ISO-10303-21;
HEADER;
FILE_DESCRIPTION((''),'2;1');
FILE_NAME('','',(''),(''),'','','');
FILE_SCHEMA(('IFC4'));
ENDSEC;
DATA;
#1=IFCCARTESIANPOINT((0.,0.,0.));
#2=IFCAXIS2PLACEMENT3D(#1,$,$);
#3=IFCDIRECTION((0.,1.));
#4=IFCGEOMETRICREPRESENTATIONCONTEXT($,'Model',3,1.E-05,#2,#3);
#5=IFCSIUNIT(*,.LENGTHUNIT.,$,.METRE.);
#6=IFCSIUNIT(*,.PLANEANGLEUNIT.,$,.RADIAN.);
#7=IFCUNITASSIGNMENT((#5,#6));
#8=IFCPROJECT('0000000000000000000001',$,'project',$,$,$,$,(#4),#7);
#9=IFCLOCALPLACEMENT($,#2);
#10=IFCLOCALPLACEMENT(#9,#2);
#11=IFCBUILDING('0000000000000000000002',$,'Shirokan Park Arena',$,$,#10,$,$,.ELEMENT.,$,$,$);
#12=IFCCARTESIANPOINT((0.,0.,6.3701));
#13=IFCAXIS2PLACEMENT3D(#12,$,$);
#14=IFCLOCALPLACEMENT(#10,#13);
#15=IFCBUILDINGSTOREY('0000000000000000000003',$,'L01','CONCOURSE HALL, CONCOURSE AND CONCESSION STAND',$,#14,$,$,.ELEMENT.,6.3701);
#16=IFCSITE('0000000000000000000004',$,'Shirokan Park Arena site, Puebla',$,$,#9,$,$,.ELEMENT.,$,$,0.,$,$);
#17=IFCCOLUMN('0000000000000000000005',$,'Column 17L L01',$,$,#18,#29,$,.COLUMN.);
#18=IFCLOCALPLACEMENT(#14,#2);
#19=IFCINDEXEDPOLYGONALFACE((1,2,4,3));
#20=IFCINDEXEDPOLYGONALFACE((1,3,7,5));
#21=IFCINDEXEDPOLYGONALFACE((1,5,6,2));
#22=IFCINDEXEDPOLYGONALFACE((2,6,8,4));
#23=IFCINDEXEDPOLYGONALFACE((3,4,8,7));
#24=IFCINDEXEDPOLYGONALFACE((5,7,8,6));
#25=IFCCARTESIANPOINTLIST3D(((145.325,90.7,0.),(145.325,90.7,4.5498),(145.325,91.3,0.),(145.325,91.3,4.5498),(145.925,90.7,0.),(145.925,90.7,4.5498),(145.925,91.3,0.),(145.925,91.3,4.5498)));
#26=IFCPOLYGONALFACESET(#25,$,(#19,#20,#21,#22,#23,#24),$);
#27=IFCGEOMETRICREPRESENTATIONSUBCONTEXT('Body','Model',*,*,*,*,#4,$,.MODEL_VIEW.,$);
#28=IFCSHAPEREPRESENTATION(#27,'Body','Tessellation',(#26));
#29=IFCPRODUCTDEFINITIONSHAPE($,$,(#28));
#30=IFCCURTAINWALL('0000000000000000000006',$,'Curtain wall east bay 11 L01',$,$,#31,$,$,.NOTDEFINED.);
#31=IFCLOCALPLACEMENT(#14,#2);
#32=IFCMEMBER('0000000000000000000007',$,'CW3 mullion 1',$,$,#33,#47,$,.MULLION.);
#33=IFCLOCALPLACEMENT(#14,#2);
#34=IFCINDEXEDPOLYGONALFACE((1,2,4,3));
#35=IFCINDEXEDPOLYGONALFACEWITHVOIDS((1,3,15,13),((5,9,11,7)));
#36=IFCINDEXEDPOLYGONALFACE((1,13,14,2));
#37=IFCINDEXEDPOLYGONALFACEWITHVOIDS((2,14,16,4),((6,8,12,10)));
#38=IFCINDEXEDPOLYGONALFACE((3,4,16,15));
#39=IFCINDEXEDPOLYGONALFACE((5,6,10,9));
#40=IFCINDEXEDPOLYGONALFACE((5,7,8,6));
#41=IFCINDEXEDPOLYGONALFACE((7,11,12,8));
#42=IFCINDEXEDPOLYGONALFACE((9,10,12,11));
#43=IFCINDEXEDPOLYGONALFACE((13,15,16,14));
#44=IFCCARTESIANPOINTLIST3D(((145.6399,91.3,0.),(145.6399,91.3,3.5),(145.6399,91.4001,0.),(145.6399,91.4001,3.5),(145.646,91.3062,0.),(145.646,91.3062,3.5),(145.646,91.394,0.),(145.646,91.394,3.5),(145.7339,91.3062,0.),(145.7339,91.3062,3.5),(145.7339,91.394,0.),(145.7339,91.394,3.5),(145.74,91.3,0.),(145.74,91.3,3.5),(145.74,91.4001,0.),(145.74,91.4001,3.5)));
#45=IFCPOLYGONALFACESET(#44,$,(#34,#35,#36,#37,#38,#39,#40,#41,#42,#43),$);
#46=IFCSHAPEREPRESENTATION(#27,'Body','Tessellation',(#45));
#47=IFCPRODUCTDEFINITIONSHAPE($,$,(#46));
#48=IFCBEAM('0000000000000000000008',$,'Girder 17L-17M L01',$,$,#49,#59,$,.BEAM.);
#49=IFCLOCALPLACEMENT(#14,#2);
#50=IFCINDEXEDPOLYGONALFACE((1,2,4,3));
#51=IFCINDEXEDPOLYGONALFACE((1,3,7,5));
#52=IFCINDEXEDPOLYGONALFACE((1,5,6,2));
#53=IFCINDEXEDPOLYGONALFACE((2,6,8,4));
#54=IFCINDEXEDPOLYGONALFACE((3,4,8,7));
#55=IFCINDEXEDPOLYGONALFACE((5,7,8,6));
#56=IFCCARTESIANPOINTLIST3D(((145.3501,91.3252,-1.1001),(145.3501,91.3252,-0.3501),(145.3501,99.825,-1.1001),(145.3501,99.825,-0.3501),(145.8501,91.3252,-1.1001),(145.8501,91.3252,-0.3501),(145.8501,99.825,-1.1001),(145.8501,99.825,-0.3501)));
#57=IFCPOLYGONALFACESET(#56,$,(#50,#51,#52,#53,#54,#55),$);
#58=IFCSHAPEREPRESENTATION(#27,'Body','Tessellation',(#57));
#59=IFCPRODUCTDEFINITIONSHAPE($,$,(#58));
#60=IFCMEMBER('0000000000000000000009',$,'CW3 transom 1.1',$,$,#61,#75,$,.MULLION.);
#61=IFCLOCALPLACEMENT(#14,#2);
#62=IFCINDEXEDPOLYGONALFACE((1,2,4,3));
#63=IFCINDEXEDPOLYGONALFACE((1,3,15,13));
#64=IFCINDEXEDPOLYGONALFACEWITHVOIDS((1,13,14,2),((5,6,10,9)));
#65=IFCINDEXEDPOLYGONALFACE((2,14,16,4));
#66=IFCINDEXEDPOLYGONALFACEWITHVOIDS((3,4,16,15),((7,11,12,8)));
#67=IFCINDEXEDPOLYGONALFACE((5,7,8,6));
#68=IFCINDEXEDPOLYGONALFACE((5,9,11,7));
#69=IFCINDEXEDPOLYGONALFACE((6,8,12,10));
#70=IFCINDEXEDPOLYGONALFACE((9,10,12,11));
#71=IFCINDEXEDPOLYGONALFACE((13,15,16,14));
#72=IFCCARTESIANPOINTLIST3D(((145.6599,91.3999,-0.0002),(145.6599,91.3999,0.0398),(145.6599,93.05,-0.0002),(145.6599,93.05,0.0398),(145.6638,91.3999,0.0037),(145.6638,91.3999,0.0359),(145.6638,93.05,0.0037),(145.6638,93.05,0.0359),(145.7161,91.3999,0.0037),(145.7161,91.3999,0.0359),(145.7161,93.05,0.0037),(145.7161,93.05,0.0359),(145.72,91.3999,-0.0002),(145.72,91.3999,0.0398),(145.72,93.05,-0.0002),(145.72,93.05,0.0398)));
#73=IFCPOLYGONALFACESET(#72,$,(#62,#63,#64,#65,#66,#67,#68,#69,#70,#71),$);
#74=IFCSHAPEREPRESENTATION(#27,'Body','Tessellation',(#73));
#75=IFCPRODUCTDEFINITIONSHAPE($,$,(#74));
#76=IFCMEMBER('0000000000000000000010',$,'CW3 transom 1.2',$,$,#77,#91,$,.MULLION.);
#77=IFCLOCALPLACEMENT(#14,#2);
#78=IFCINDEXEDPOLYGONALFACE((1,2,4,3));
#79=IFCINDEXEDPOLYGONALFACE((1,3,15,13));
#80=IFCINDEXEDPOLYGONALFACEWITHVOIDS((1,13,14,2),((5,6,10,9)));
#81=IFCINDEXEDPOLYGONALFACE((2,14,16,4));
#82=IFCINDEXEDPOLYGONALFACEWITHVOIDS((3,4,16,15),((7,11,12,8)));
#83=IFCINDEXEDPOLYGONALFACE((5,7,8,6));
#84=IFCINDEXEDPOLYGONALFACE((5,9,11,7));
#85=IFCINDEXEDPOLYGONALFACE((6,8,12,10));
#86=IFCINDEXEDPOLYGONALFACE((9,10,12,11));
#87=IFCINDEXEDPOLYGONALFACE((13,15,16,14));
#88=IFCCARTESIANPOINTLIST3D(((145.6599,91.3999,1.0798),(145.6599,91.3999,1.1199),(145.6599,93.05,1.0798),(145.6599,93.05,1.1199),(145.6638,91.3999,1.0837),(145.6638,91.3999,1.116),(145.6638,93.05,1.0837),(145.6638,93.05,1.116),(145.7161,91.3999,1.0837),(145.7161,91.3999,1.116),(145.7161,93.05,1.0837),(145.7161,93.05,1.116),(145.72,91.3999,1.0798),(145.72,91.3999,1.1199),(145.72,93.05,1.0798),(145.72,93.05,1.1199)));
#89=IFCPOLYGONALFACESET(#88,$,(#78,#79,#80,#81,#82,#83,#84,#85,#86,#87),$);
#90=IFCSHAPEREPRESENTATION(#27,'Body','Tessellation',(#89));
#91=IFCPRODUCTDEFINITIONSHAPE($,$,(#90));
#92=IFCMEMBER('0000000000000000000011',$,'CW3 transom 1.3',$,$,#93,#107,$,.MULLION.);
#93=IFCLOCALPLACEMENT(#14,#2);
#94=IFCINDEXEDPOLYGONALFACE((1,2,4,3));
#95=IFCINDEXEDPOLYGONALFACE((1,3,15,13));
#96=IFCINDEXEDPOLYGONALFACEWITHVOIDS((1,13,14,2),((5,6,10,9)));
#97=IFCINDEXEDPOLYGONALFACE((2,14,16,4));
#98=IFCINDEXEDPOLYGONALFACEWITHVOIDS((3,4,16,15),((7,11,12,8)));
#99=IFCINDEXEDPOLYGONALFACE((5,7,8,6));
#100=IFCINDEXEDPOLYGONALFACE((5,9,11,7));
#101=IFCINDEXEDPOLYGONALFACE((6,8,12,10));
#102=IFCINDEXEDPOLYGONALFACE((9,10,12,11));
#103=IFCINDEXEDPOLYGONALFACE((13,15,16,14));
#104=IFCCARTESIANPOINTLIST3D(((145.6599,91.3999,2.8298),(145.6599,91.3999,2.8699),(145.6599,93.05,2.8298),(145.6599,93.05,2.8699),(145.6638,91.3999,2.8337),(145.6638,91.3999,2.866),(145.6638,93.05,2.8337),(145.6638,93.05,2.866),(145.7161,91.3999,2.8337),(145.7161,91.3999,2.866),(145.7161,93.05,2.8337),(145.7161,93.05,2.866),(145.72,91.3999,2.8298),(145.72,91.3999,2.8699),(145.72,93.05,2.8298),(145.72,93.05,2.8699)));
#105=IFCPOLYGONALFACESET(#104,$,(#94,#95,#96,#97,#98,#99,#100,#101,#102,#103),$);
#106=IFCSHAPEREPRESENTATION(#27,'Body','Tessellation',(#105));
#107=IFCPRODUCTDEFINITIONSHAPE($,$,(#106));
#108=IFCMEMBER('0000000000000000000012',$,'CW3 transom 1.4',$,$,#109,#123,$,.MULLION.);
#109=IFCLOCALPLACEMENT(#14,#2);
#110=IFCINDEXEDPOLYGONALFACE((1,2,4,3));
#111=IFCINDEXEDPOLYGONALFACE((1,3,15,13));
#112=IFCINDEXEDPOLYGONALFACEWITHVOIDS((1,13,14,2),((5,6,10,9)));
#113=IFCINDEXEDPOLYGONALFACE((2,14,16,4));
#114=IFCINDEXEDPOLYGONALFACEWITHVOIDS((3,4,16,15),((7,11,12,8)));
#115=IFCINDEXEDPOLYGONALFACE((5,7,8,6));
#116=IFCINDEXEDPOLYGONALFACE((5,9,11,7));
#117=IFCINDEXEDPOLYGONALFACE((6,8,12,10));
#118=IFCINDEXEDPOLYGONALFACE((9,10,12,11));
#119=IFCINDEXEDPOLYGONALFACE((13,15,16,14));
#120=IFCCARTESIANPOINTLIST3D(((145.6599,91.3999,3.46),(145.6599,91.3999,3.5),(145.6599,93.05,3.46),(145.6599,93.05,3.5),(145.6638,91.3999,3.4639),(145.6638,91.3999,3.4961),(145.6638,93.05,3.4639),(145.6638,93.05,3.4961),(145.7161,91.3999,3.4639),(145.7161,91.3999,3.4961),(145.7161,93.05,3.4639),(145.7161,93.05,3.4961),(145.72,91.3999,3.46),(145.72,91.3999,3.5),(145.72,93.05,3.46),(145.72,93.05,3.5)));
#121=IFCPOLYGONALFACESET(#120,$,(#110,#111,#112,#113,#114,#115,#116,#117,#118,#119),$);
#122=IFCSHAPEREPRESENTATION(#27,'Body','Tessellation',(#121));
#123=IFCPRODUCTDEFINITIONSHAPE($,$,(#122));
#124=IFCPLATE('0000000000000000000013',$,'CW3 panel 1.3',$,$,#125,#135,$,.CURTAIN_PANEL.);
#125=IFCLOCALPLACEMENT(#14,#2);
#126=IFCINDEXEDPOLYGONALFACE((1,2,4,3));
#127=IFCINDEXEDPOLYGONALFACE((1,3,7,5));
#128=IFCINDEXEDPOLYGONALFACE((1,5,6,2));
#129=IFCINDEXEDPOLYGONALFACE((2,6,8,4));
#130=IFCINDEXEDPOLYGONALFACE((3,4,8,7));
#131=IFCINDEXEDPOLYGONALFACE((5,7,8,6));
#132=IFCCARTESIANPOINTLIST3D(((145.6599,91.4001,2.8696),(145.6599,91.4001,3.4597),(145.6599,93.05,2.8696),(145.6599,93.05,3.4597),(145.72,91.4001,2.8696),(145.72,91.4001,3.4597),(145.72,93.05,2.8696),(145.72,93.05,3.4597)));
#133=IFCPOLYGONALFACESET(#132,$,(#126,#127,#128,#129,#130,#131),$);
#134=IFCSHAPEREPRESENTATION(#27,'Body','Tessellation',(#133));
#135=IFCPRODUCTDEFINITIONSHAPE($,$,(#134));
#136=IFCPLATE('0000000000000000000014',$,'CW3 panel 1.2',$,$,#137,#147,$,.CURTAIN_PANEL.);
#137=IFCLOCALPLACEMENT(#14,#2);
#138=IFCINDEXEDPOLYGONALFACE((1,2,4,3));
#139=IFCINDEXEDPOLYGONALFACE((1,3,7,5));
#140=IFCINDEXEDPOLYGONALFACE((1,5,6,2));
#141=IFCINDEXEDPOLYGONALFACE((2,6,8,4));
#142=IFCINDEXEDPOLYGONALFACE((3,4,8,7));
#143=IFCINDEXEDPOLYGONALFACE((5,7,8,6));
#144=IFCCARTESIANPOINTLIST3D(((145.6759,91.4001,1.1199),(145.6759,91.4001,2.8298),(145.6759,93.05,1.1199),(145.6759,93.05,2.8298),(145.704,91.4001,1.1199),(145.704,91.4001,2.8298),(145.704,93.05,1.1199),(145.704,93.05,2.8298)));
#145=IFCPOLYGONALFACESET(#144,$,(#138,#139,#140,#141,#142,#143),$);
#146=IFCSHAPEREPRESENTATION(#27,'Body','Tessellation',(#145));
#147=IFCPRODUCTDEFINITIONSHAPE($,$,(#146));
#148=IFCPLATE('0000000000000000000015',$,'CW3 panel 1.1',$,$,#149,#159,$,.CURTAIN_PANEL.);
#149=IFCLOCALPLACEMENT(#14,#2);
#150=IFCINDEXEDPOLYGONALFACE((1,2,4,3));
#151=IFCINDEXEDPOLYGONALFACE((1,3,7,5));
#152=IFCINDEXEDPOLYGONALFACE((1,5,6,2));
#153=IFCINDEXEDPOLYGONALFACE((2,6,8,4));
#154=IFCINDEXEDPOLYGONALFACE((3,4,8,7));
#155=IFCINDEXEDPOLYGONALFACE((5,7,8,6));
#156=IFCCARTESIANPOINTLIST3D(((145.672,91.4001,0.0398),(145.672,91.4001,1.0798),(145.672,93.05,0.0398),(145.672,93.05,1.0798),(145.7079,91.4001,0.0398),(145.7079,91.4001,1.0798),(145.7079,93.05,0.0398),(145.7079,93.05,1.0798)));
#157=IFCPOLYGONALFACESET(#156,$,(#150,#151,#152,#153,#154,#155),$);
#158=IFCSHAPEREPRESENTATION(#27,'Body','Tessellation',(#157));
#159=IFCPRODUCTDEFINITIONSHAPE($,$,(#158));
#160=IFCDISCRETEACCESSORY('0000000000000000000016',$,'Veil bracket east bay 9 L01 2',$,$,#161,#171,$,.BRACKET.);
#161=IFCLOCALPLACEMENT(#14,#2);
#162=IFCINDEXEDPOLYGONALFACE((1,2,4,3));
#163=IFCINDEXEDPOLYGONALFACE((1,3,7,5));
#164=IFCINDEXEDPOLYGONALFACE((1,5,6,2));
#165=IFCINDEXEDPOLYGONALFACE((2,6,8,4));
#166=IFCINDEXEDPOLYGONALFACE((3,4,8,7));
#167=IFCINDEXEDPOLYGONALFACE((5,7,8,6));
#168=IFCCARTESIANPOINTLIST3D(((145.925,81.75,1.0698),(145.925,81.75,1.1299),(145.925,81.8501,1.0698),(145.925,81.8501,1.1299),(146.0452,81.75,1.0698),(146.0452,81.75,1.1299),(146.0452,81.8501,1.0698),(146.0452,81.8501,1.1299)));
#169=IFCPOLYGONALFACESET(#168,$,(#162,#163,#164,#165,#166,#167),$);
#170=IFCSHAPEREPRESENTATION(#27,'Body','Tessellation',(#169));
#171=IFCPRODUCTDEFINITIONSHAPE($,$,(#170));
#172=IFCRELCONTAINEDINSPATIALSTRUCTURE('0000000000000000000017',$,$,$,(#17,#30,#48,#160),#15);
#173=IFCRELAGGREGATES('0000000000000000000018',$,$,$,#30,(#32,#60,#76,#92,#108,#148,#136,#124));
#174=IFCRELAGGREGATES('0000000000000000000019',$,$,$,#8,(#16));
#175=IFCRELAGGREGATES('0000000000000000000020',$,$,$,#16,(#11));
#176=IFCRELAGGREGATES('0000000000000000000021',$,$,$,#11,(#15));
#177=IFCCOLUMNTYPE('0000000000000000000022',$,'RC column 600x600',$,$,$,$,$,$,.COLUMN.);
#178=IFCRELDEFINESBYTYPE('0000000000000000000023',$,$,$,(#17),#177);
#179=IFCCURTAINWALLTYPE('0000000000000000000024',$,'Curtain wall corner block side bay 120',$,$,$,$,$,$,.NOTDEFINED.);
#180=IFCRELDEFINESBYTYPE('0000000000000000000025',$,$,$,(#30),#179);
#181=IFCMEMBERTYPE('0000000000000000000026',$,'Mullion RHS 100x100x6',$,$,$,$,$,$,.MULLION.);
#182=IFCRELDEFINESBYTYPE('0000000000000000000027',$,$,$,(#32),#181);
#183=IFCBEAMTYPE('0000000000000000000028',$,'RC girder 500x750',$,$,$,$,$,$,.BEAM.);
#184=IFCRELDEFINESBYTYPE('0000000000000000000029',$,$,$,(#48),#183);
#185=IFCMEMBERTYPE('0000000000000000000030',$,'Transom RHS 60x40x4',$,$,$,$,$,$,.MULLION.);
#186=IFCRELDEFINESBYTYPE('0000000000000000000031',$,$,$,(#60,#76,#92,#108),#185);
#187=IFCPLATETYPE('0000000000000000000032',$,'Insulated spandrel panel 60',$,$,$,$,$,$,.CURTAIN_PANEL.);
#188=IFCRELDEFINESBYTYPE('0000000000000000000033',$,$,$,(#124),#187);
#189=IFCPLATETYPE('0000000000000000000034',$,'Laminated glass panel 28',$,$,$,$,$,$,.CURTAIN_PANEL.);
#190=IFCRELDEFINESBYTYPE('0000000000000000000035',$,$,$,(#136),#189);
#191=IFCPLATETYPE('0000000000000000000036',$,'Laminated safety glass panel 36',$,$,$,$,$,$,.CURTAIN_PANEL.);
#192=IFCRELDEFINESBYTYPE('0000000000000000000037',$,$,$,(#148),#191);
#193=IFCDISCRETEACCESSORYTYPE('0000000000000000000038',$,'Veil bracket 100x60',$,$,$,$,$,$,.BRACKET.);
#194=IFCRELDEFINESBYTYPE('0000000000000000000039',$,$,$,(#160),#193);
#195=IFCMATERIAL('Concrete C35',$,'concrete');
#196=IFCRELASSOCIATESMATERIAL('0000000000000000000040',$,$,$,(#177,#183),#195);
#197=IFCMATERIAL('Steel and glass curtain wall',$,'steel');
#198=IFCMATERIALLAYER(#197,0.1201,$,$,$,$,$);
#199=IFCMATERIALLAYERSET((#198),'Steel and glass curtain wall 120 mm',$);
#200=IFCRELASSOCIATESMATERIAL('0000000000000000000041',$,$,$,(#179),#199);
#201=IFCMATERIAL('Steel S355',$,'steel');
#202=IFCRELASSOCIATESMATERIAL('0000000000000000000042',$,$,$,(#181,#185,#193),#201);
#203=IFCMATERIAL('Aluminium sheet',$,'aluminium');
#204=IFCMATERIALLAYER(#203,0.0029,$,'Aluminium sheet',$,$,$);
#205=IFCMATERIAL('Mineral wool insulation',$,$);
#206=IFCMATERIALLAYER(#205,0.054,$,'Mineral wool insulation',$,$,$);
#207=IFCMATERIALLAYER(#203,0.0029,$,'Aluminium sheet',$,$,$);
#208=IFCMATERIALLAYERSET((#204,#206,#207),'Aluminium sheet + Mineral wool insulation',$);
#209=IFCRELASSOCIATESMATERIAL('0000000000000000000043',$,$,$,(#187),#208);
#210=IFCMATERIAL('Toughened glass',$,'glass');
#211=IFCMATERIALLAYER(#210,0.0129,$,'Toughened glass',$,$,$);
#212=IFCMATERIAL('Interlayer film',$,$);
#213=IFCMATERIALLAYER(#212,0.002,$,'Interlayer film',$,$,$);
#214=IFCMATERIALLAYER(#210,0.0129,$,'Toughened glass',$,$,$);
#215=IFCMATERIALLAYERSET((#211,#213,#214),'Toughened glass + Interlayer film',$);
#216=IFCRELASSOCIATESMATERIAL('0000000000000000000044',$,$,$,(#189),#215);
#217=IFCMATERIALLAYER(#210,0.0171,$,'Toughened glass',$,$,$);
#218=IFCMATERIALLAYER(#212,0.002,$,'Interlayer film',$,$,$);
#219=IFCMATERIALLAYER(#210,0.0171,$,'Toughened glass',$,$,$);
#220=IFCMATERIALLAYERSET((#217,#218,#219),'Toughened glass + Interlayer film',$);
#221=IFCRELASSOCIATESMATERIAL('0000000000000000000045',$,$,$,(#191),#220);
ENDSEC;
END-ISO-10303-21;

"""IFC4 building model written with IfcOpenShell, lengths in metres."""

from ifc_helpers import new_model, si_unit, direction, frame, origin, origin_2d, place, context, subcontext, project, spatial, rectangle, hollow_rectangle, extrude, material, layer, layer_set, material_profile, profile_set, type_object, element, aggregate, save


model = new_model("IFC4")

# Units and contexts
model_context = context("Model", 3, precision=1e-05, world=origin(), true_north=direction((0.0, 1.0)))
body_context = subcontext(model_context, "Body", "Model", "MODEL_VIEW")
ifc_project = project(units=[si_unit("LENGTHUNIT", "METRE"), si_unit("PLANEANGLEUNIT", "RADIAN")], contexts=[model_context])

# Site, building, storey
site_placement = place(None, origin())
site = spatial("IfcSite", under=ifc_project, at=site_placement, Name="Shirokan Park Arena site, Puebla", CompositionType="ELEMENT", RefElevation=0.0)
building_placement = place(site_placement, origin())
building = spatial("IfcBuilding", under=site, at=building_placement, Name="Shirokan Park Arena", CompositionType="ELEMENT")
storey_placement = place(building_placement, frame((0.0, 0.0, 6.3701)))
storey = spatial("IfcBuildingStorey", under=building, at=storey_placement, Name="L01", Description="CONCOURSE HALL, CONCOURSE AND CONCESSION STAND", CompositionType="ELEMENT", Elevation=6.3701)

# Column
ifc_material_1 = material(Name="Concrete C35", Category="concrete")
ifc_material_profile_1 = material_profile(ifc_material_1, rectangle(XDim=0.6001, YDim=0.6001, at=origin_2d()), Name="600x600")
ifc_profile_set_1 = profile_set([ifc_material_profile_1], Name="Concrete C35")
column_type = type_object("IfcColumnType", Name="RC column 600x600", PredefinedType="COLUMN", material=ifc_profile_set_1)
column_placement = place(storey_placement, frame((145.625, 91.0, 0.0), z_axis=(0.0, 0.0, 1.0), x_axis=(1.0, 0.0, 0.0)))
element("IfcColumn", 1, at=column_placement, inside=storey, type_object=column_type, Name="Column 17L L01", PredefinedType="COLUMN", context=body_context, shape_type="SweptSolid", body=[
    extrude(rectangle(XDim=0.6001, YDim=0.6001, at=origin_2d()), origin(), (0.0, 0.0, 1.0), 4.5498),
])

# Curtain wall, member
ifc_material_2 = material(Name="Steel and glass curtain wall", Category="steel")
ifc_layer_1 = layer(ifc_material_2, 0.1201)
ifc_layer_set_1 = layer_set([ifc_layer_1], Name="Steel and glass curtain wall 120 mm")
curtain_wall_type = type_object("IfcCurtainWallType", Name="Curtain wall corner block side bay 120", PredefinedType="NOTDEFINED", material=ifc_layer_set_1)
curtain_wall_placement = place(storey_placement, origin())
curtain_wall = element("IfcCurtainWall", 2, at=curtain_wall_placement, inside=storey, type_object=curtain_wall_type, Name="Curtain wall east bay 11 L01", PredefinedType="NOTDEFINED")
ifc_material_3 = material(Name="Steel S355", Category="steel")
ifc_material_profile_2 = material_profile(ifc_material_3, hollow_rectangle(XDim=0.1001, YDim=0.1001, WallThickness=0.0061, at=origin_2d()), Name="RHS 100x100x6")
ifc_profile_set_2 = profile_set([ifc_material_profile_2], Name="Steel S355")
member_type_1 = type_object("IfcMemberType", Name="Mullion RHS 100x100x6", PredefinedType="MULLION", material=ifc_profile_set_2)
member_1_placement = place(storey_placement, frame((145.6899, 91.3501, 0.0), z_axis=(0.0, 0.0, 1.0), x_axis=(-1.0, 0.0, 0.0)))
member_1 = element("IfcMember", 3, at=member_1_placement, type_object=member_type_1, Name="CW3 mullion 1", PredefinedType="MULLION", context=body_context, shape_type="SweptSolid", body=[
    extrude(hollow_rectangle(XDim=0.1001, YDim=0.1001, WallThickness=0.0061, at=origin_2d()), origin(), (0.0, 0.0, 1.0), 3.5),
])

# Beam
ifc_material_profile_3 = material_profile(ifc_material_1, rectangle(XDim=0.5, YDim=0.75, at=origin_2d()), Name="500x750")
ifc_profile_set_3 = profile_set([ifc_material_profile_3], Name="Concrete C35")
beam_type = type_object("IfcBeamType", Name="RC girder 500x750", PredefinedType="BEAM", material=ifc_profile_set_3)
beam_placement = place(storey_placement, frame((145.6001, 91.3252, -0.7251), z_axis=(0.0, 1.0, 0.0), x_axis=(-1.0, 0.0, 0.0)))
element("IfcBeam", 4, at=beam_placement, inside=storey, type_object=beam_type, Name="Girder 17L-17M L01", PredefinedType="BEAM", context=body_context, shape_type="SweptSolid", body=[
    extrude(rectangle(XDim=0.5, YDim=0.75, at=origin_2d()), origin(), (0.0, 0.0, 1.0), 8.4998),
])

# Members
ifc_material_profile_4 = material_profile(ifc_material_3, hollow_rectangle(XDim=0.0601, YDim=0.04, WallThickness=0.0039, at=origin_2d()), Name="RHS 60x40x4")
ifc_profile_set_4 = profile_set([ifc_material_profile_4], Name="Steel S355")
member_type_2 = type_object("IfcMemberType", Name="Transom RHS 60x40x4", PredefinedType="MULLION", material=ifc_profile_set_4)
member_2_placement = place(storey_placement, frame((145.6899, 91.3999, 0.0198), z_axis=(0.0, 1.0, 0.0), x_axis=(-1.0, 0.0, 0.0)))
member_2 = element("IfcMember", 5, at=member_2_placement, type_object=member_type_2, Name="CW3 transom 1.1", PredefinedType="MULLION", context=body_context, shape_type="SweptSolid", body=[
    extrude(hollow_rectangle(XDim=0.0601, YDim=0.04, WallThickness=0.0039, at=origin_2d()), origin(), (0.0, 0.0, 1.0), 1.6501),
])
member_3_placement = place(storey_placement, frame((145.6899, 91.3999, 1.0999), z_axis=(0.0, 1.0, 0.0), x_axis=(-1.0, 0.0, 0.0)))
member_3 = element("IfcMember", 6, at=member_3_placement, type_object=member_type_2, Name="CW3 transom 1.2", PredefinedType="MULLION", context=body_context, shape_type="SweptSolid", body=[
    extrude(hollow_rectangle(XDim=0.0601, YDim=0.04, WallThickness=0.0039, at=origin_2d()), origin(), (0.0, 0.0, 1.0), 1.6501),
])
member_4_placement = place(storey_placement, frame((145.6899, 91.3999, 2.8499), z_axis=(0.0, 1.0, 0.0), x_axis=(-1.0, 0.0, 0.0)))
member_4 = element("IfcMember", 7, at=member_4_placement, type_object=member_type_2, Name="CW3 transom 1.3", PredefinedType="MULLION", context=body_context, shape_type="SweptSolid", body=[
    extrude(hollow_rectangle(XDim=0.0601, YDim=0.04, WallThickness=0.0039, at=origin_2d()), origin(), (0.0, 0.0, 1.0), 1.6501),
])
member_5_placement = place(storey_placement, frame((145.6899, 91.3999, 3.48), z_axis=(0.0, 1.0, 0.0), x_axis=(-1.0, 0.0, 0.0)))
member_5 = element("IfcMember", 8, at=member_5_placement, type_object=member_type_2, Name="CW3 transom 1.4", PredefinedType="MULLION", context=body_context, shape_type="SweptSolid", body=[
    extrude(hollow_rectangle(XDim=0.0601, YDim=0.04, WallThickness=0.0039, at=origin_2d()), origin(), (0.0, 0.0, 1.0), 1.6501),
])

# Plates
ifc_material_4 = material(Name="Aluminium sheet", Category="aluminium")
ifc_layer_2 = layer(ifc_material_4, 0.0029, Name="Aluminium sheet")
ifc_material_5 = material(Name="Mineral wool insulation")
ifc_layer_3 = layer(ifc_material_5, 0.054, Name="Mineral wool insulation")
ifc_layer_4 = layer(ifc_material_4, 0.0029, Name="Aluminium sheet")
ifc_layer_set_2 = layer_set([ifc_layer_2, ifc_layer_3, ifc_layer_4], Name="Aluminium sheet + Mineral wool insulation")
plate_type_1 = type_object("IfcPlateType", Name="Insulated spandrel panel 60", PredefinedType="CURTAIN_PANEL", material=ifc_layer_set_2)
plate_1_placement = place(storey_placement, frame((145.6899, 92.2251, 2.8696), z_axis=(0.0, 0.0, 1.0), x_axis=(0.0, 1.0, 0.0)))
plate_1 = element("IfcPlate", 9, at=plate_1_placement, type_object=plate_type_1, Name="CW3 panel 1.3", PredefinedType="CURTAIN_PANEL", context=body_context, shape_type="SweptSolid", body=[
    extrude(rectangle(XDim=1.6499, YDim=0.0601, at=origin_2d()), origin(), (0.0, 0.0, 1.0), 0.5901),
])
ifc_material_6 = material(Name="Toughened glass", Category="glass")
ifc_layer_5 = layer(ifc_material_6, 0.0129, Name="Toughened glass")
ifc_material_7 = material(Name="Interlayer film")
ifc_layer_6 = layer(ifc_material_7, 0.002, Name="Interlayer film")
ifc_layer_7 = layer(ifc_material_6, 0.0129, Name="Toughened glass")
ifc_layer_set_3 = layer_set([ifc_layer_5, ifc_layer_6, ifc_layer_7], Name="Toughened glass + Interlayer film")
plate_type_2 = type_object("IfcPlateType", Name="Laminated glass panel 28", PredefinedType="CURTAIN_PANEL", material=ifc_layer_set_3)
plate_2_placement = place(storey_placement, frame((145.6899, 92.2251, 1.1199), z_axis=(0.0, 0.0, 1.0), x_axis=(0.0, 1.0, 0.0)))
plate_2 = element("IfcPlate", 10, at=plate_2_placement, type_object=plate_type_2, Name="CW3 panel 1.2", PredefinedType="CURTAIN_PANEL", context=body_context, shape_type="SweptSolid", body=[
    extrude(rectangle(XDim=1.6499, YDim=0.0281, at=origin_2d()), origin(), (0.0, 0.0, 1.0), 1.71),
])
ifc_layer_8 = layer(ifc_material_6, 0.0171, Name="Toughened glass")
ifc_layer_9 = layer(ifc_material_7, 0.002, Name="Interlayer film")
ifc_layer_10 = layer(ifc_material_6, 0.0171, Name="Toughened glass")
ifc_layer_set_4 = layer_set([ifc_layer_8, ifc_layer_9, ifc_layer_10], Name="Toughened glass + Interlayer film")
plate_type_3 = type_object("IfcPlateType", Name="Laminated safety glass panel 36", PredefinedType="CURTAIN_PANEL", material=ifc_layer_set_4)
plate_3_placement = place(storey_placement, frame((145.6899, 92.2251, 0.0398), z_axis=(0.0, 0.0, 1.0), x_axis=(0.0, 1.0, 0.0)))
plate_3 = element("IfcPlate", 11, at=plate_3_placement, type_object=plate_type_3, Name="CW3 panel 1.1", PredefinedType="CURTAIN_PANEL", context=body_context, shape_type="SweptSolid", body=[
    extrude(rectangle(XDim=1.6499, YDim=0.0359, at=origin_2d()), origin(), (0.0, 0.0, 1.0), 1.04),
])
aggregate(curtain_wall, [member_1, member_2, member_3, member_4, member_5, plate_3, plate_2, plate_1])

# Discrete accessory
discrete_accessory_type = type_object("IfcDiscreteAccessoryType", Name="Veil bracket 100x60", PredefinedType="BRACKET", material=ifc_material_3)
discrete_accessory_1_placement = place(storey_placement, frame((145.9851, 81.8, 1.0698), z_axis=(0.0, 0.0, 1.0), x_axis=(0.0, 1.0, 0.0)))
element("IfcDiscreteAccessory", 12, at=discrete_accessory_1_placement, inside=storey, type_object=discrete_accessory_type, Name="Veil bracket east bay 9 L01 2", PredefinedType="BRACKET", context=body_context, shape_type="SweptSolid", body=[
    extrude(rectangle(XDim=0.1001, YDim=0.1201, at=origin_2d()), origin(), (0.0, 0.0, 1.0), 0.0601),
])

save(model, "model.ifc")
